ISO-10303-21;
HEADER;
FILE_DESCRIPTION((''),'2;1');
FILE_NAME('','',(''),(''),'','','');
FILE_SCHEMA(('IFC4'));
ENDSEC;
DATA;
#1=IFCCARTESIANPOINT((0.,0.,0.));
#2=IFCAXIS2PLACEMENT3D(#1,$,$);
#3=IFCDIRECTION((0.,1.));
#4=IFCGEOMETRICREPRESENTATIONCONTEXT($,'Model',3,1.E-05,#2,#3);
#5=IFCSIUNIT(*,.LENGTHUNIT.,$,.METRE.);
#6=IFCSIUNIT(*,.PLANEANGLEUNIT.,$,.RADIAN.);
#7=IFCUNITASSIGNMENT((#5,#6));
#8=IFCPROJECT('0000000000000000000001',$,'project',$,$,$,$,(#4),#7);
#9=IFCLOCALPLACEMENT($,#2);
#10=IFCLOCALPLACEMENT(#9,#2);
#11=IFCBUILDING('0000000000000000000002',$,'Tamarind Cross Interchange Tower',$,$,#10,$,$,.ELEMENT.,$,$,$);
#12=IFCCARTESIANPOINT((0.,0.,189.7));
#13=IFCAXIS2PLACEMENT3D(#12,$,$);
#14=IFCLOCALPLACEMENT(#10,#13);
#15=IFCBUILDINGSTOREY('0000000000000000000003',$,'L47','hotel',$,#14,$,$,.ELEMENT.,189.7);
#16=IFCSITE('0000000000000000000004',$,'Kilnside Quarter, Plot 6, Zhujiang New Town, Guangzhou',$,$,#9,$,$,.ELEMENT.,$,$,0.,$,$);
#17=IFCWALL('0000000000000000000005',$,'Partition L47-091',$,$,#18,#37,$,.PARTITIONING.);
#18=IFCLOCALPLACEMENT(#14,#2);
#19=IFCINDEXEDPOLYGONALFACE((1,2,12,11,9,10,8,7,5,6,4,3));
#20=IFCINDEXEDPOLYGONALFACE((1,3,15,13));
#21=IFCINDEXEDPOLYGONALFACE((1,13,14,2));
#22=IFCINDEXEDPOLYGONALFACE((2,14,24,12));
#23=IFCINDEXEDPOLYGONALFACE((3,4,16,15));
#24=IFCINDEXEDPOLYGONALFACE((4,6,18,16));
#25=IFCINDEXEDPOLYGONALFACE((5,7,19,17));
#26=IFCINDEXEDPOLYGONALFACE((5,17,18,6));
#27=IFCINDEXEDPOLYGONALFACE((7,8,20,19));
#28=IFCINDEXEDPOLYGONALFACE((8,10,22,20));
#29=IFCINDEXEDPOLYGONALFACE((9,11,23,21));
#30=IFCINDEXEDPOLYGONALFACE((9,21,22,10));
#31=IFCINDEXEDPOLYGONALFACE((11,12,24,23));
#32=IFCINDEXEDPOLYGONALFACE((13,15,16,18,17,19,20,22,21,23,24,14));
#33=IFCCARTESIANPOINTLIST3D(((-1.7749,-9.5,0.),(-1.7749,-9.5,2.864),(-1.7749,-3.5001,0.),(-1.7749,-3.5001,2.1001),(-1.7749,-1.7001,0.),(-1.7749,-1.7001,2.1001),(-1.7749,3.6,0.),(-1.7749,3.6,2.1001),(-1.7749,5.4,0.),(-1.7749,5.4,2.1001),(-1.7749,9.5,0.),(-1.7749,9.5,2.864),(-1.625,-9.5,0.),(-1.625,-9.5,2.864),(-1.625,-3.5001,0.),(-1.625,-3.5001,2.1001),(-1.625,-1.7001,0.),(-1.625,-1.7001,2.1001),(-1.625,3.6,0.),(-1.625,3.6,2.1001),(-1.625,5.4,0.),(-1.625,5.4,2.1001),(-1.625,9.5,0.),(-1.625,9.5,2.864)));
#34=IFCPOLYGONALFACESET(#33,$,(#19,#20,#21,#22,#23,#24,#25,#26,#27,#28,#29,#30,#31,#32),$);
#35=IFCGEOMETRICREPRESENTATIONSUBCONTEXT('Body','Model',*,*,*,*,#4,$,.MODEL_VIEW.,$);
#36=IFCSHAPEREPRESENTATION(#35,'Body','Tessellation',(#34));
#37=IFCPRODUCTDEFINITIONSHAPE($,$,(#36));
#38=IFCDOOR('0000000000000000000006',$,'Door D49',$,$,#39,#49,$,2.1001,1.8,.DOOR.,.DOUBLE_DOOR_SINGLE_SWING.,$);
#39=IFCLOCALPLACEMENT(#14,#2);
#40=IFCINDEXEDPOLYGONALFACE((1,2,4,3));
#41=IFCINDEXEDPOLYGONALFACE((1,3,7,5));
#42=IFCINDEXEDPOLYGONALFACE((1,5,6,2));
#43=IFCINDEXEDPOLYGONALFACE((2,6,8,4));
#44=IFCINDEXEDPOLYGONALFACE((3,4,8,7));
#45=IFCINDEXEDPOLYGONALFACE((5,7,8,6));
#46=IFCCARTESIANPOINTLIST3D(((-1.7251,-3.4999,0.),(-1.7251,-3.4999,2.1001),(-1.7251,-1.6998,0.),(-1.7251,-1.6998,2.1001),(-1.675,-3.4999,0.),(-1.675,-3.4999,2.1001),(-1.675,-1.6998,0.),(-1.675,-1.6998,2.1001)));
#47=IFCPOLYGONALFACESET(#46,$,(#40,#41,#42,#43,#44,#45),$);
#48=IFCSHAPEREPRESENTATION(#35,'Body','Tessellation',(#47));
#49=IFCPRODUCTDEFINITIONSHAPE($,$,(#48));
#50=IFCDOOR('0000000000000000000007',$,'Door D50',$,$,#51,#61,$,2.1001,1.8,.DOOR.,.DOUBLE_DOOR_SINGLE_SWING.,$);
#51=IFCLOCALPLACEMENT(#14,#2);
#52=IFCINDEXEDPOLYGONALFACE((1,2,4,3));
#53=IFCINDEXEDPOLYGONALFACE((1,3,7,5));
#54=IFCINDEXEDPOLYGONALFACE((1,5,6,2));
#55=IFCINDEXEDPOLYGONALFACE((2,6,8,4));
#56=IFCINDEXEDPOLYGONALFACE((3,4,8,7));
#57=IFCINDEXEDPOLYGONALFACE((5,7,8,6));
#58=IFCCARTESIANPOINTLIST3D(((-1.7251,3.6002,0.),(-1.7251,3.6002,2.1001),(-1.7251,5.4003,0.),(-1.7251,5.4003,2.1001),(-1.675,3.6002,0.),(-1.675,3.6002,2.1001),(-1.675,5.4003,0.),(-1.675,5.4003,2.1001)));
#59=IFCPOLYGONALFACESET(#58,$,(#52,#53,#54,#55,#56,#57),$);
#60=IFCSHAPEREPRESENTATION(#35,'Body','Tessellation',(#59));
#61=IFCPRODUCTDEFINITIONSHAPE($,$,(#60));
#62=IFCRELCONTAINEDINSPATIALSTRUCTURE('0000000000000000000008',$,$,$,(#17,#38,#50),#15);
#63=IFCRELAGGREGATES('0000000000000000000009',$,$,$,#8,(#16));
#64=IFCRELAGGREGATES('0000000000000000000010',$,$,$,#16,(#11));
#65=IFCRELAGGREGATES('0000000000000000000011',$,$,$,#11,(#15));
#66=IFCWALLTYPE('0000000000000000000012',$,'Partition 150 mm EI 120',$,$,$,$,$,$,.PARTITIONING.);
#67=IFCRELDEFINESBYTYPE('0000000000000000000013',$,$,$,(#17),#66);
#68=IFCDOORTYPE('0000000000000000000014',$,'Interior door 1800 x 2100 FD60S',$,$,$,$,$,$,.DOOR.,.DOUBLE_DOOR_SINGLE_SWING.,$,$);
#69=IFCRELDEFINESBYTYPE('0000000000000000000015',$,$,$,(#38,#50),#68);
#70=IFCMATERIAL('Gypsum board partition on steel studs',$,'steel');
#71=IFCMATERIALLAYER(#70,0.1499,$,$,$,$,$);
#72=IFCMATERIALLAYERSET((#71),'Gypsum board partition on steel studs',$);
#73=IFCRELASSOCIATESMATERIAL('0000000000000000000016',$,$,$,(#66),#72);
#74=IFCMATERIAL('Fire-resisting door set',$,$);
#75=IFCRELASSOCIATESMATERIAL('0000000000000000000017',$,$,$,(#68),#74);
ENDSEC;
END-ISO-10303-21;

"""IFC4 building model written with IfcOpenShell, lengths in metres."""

from ifc_helpers import new_model, si_unit, direction, frame, frame_2d, origin, place, context, subcontext, project, spatial, rectangle, extrude, material, layer, layer_set, type_object, element, fill, save


model = new_model("IFC4")

# Units and contexts
model_context = context("Model", 3, precision=1e-05, world=origin(), true_north=direction((0.0, 1.0)))
body_context = subcontext(model_context, "Body", "Model", "MODEL_VIEW")
ifc_project = project(units=[si_unit("LENGTHUNIT", "METRE"), si_unit("PLANEANGLEUNIT", "RADIAN")], contexts=[model_context])

# Site, building, storey
site_placement = place(None, origin())
site = spatial("IfcSite", under=ifc_project, at=site_placement, Name="Kilnside Quarter, Plot 6, Zhujiang New Town, Guangzhou", CompositionType="ELEMENT", RefElevation=0.0)
building_placement = place(site_placement, origin())
building = spatial("IfcBuilding", under=site, at=building_placement, Name="Tamarind Cross Interchange Tower", CompositionType="ELEMENT")
storey_placement = place(building_placement, frame((0.0, 0.0, 189.7)))
storey = spatial("IfcBuildingStorey", under=building, at=storey_placement, Name="L47", Description="hotel", CompositionType="ELEMENT", Elevation=189.7)

# Shared definitions
ifc_material_1 = material(Name="Gypsum board partition on steel studs", Category="steel")
ifc_layer_1 = layer(ifc_material_1, 0.1499)
ifc_layer_set_1 = layer_set([ifc_layer_1], Name="Gypsum board partition on steel studs")
wall_type_1 = type_object("IfcWallType", Name="Partition 150 mm EI 120", PredefinedType="PARTITIONING", material=ifc_layer_set_1)

# Wall, openings, doors
wall_1_placement = place(storey_placement, frame((-1.7, -9.5, 0.0), z_axis=(0.0, 0.0, 1.0), x_axis=(0.0, 1.0, 0.0)))
wall_1 = element("IfcWall", 1, at=wall_1_placement, inside=storey, type_object=wall_type_1, Name="Partition L47-091", PredefinedType="PARTITIONING", context=body_context, shape_type="SweptSolid", body=[
    extrude(rectangle(XDim=19.0, YDim=0.1499, at=frame_2d((9.5, 0.0))), origin(), (0.0, 0.0, 1.0), 2.864),
])
opening_1_placement = place(wall_1_placement, frame((6.0, 0.0, 0.0)))
opening_1 = element("IfcOpeningElement", 2, at=opening_1_placement, cuts=wall_1, PredefinedType="OPENING", context=body_context, shape_type="SweptSolid", body=[
    extrude(rectangle(XDim=1.8, YDim=2.1001, at=frame_2d((0.8999, 1.05))), frame((0.0, 0.085, 0.0), z_axis=(0.0, -1.0, 0.0), x_axis=(1.0, 0.0, 0.0)), (0.0, 0.0, 1.0), 0.1699),
])
opening_2_placement = place(wall_1_placement, frame((13.1001, 0.0, 0.0)))
opening_2 = element("IfcOpeningElement", 3, at=opening_2_placement, cuts=wall_1, PredefinedType="OPENING", context=body_context, shape_type="SweptSolid", body=[
    extrude(rectangle(XDim=1.8, YDim=2.1001, at=frame_2d((0.8999, 1.05))), frame((0.0, 0.085, 0.0), z_axis=(0.0, -1.0, 0.0), x_axis=(1.0, 0.0, 0.0)), (0.0, 0.0, 1.0), 0.1699),
])
ifc_material_2 = material(Name="Fire-resisting door set")
door_type_1 = type_object("IfcDoorType", Name="Interior door 1800 x 2100 FD60S", OperationType="DOUBLE_DOOR_SINGLE_SWING", PredefinedType="DOOR", material=ifc_material_2)
door_1_placement = place(opening_1_placement, frame((1.8, 0.0, 0.0), z_axis=(0.0, 0.0, 1.0), x_axis=(-1.0, 0.0, 0.0)))
door_1 = element("IfcDoor", 4, at=door_1_placement, inside=storey, type_object=door_type_1, Name="Door D49", OperationType="DOUBLE_DOOR_SINGLE_SWING", OverallHeight=2.1001, OverallWidth=1.8, PredefinedType="DOOR", context=body_context, shape_type="SweptSolid", body=[
    extrude(rectangle(XDim=1.8, YDim=2.1001, at=frame_2d((0.8999, 1.05))), frame((0.0, 0.0249, 0.0), z_axis=(0.0, -1.0, 0.0), x_axis=(1.0, 0.0, 0.0)), (0.0, 0.0, 1.0), 0.05),
])
fill(opening_1, door_1)
door_2_placement = place(opening_2_placement, frame((1.8, 0.0, 0.0), z_axis=(0.0, 0.0, 1.0), x_axis=(-1.0, 0.0, 0.0)))
door_2 = element("IfcDoor", 5, at=door_2_placement, inside=storey, type_object=door_type_1, Name="Door D50", OperationType="DOUBLE_DOOR_SINGLE_SWING", OverallHeight=2.1001, OverallWidth=1.8, PredefinedType="DOOR", context=body_context, shape_type="SweptSolid", body=[
    extrude(rectangle(XDim=1.8, YDim=2.1001, at=frame_2d((0.8999, 1.05))), frame((0.0, 0.0249, 0.0), z_axis=(0.0, -1.0, 0.0), x_axis=(1.0, 0.0, 0.0)), (0.0, 0.0, 1.0), 0.05),
])
fill(opening_2, door_2)

save(model, "model.ifc")
